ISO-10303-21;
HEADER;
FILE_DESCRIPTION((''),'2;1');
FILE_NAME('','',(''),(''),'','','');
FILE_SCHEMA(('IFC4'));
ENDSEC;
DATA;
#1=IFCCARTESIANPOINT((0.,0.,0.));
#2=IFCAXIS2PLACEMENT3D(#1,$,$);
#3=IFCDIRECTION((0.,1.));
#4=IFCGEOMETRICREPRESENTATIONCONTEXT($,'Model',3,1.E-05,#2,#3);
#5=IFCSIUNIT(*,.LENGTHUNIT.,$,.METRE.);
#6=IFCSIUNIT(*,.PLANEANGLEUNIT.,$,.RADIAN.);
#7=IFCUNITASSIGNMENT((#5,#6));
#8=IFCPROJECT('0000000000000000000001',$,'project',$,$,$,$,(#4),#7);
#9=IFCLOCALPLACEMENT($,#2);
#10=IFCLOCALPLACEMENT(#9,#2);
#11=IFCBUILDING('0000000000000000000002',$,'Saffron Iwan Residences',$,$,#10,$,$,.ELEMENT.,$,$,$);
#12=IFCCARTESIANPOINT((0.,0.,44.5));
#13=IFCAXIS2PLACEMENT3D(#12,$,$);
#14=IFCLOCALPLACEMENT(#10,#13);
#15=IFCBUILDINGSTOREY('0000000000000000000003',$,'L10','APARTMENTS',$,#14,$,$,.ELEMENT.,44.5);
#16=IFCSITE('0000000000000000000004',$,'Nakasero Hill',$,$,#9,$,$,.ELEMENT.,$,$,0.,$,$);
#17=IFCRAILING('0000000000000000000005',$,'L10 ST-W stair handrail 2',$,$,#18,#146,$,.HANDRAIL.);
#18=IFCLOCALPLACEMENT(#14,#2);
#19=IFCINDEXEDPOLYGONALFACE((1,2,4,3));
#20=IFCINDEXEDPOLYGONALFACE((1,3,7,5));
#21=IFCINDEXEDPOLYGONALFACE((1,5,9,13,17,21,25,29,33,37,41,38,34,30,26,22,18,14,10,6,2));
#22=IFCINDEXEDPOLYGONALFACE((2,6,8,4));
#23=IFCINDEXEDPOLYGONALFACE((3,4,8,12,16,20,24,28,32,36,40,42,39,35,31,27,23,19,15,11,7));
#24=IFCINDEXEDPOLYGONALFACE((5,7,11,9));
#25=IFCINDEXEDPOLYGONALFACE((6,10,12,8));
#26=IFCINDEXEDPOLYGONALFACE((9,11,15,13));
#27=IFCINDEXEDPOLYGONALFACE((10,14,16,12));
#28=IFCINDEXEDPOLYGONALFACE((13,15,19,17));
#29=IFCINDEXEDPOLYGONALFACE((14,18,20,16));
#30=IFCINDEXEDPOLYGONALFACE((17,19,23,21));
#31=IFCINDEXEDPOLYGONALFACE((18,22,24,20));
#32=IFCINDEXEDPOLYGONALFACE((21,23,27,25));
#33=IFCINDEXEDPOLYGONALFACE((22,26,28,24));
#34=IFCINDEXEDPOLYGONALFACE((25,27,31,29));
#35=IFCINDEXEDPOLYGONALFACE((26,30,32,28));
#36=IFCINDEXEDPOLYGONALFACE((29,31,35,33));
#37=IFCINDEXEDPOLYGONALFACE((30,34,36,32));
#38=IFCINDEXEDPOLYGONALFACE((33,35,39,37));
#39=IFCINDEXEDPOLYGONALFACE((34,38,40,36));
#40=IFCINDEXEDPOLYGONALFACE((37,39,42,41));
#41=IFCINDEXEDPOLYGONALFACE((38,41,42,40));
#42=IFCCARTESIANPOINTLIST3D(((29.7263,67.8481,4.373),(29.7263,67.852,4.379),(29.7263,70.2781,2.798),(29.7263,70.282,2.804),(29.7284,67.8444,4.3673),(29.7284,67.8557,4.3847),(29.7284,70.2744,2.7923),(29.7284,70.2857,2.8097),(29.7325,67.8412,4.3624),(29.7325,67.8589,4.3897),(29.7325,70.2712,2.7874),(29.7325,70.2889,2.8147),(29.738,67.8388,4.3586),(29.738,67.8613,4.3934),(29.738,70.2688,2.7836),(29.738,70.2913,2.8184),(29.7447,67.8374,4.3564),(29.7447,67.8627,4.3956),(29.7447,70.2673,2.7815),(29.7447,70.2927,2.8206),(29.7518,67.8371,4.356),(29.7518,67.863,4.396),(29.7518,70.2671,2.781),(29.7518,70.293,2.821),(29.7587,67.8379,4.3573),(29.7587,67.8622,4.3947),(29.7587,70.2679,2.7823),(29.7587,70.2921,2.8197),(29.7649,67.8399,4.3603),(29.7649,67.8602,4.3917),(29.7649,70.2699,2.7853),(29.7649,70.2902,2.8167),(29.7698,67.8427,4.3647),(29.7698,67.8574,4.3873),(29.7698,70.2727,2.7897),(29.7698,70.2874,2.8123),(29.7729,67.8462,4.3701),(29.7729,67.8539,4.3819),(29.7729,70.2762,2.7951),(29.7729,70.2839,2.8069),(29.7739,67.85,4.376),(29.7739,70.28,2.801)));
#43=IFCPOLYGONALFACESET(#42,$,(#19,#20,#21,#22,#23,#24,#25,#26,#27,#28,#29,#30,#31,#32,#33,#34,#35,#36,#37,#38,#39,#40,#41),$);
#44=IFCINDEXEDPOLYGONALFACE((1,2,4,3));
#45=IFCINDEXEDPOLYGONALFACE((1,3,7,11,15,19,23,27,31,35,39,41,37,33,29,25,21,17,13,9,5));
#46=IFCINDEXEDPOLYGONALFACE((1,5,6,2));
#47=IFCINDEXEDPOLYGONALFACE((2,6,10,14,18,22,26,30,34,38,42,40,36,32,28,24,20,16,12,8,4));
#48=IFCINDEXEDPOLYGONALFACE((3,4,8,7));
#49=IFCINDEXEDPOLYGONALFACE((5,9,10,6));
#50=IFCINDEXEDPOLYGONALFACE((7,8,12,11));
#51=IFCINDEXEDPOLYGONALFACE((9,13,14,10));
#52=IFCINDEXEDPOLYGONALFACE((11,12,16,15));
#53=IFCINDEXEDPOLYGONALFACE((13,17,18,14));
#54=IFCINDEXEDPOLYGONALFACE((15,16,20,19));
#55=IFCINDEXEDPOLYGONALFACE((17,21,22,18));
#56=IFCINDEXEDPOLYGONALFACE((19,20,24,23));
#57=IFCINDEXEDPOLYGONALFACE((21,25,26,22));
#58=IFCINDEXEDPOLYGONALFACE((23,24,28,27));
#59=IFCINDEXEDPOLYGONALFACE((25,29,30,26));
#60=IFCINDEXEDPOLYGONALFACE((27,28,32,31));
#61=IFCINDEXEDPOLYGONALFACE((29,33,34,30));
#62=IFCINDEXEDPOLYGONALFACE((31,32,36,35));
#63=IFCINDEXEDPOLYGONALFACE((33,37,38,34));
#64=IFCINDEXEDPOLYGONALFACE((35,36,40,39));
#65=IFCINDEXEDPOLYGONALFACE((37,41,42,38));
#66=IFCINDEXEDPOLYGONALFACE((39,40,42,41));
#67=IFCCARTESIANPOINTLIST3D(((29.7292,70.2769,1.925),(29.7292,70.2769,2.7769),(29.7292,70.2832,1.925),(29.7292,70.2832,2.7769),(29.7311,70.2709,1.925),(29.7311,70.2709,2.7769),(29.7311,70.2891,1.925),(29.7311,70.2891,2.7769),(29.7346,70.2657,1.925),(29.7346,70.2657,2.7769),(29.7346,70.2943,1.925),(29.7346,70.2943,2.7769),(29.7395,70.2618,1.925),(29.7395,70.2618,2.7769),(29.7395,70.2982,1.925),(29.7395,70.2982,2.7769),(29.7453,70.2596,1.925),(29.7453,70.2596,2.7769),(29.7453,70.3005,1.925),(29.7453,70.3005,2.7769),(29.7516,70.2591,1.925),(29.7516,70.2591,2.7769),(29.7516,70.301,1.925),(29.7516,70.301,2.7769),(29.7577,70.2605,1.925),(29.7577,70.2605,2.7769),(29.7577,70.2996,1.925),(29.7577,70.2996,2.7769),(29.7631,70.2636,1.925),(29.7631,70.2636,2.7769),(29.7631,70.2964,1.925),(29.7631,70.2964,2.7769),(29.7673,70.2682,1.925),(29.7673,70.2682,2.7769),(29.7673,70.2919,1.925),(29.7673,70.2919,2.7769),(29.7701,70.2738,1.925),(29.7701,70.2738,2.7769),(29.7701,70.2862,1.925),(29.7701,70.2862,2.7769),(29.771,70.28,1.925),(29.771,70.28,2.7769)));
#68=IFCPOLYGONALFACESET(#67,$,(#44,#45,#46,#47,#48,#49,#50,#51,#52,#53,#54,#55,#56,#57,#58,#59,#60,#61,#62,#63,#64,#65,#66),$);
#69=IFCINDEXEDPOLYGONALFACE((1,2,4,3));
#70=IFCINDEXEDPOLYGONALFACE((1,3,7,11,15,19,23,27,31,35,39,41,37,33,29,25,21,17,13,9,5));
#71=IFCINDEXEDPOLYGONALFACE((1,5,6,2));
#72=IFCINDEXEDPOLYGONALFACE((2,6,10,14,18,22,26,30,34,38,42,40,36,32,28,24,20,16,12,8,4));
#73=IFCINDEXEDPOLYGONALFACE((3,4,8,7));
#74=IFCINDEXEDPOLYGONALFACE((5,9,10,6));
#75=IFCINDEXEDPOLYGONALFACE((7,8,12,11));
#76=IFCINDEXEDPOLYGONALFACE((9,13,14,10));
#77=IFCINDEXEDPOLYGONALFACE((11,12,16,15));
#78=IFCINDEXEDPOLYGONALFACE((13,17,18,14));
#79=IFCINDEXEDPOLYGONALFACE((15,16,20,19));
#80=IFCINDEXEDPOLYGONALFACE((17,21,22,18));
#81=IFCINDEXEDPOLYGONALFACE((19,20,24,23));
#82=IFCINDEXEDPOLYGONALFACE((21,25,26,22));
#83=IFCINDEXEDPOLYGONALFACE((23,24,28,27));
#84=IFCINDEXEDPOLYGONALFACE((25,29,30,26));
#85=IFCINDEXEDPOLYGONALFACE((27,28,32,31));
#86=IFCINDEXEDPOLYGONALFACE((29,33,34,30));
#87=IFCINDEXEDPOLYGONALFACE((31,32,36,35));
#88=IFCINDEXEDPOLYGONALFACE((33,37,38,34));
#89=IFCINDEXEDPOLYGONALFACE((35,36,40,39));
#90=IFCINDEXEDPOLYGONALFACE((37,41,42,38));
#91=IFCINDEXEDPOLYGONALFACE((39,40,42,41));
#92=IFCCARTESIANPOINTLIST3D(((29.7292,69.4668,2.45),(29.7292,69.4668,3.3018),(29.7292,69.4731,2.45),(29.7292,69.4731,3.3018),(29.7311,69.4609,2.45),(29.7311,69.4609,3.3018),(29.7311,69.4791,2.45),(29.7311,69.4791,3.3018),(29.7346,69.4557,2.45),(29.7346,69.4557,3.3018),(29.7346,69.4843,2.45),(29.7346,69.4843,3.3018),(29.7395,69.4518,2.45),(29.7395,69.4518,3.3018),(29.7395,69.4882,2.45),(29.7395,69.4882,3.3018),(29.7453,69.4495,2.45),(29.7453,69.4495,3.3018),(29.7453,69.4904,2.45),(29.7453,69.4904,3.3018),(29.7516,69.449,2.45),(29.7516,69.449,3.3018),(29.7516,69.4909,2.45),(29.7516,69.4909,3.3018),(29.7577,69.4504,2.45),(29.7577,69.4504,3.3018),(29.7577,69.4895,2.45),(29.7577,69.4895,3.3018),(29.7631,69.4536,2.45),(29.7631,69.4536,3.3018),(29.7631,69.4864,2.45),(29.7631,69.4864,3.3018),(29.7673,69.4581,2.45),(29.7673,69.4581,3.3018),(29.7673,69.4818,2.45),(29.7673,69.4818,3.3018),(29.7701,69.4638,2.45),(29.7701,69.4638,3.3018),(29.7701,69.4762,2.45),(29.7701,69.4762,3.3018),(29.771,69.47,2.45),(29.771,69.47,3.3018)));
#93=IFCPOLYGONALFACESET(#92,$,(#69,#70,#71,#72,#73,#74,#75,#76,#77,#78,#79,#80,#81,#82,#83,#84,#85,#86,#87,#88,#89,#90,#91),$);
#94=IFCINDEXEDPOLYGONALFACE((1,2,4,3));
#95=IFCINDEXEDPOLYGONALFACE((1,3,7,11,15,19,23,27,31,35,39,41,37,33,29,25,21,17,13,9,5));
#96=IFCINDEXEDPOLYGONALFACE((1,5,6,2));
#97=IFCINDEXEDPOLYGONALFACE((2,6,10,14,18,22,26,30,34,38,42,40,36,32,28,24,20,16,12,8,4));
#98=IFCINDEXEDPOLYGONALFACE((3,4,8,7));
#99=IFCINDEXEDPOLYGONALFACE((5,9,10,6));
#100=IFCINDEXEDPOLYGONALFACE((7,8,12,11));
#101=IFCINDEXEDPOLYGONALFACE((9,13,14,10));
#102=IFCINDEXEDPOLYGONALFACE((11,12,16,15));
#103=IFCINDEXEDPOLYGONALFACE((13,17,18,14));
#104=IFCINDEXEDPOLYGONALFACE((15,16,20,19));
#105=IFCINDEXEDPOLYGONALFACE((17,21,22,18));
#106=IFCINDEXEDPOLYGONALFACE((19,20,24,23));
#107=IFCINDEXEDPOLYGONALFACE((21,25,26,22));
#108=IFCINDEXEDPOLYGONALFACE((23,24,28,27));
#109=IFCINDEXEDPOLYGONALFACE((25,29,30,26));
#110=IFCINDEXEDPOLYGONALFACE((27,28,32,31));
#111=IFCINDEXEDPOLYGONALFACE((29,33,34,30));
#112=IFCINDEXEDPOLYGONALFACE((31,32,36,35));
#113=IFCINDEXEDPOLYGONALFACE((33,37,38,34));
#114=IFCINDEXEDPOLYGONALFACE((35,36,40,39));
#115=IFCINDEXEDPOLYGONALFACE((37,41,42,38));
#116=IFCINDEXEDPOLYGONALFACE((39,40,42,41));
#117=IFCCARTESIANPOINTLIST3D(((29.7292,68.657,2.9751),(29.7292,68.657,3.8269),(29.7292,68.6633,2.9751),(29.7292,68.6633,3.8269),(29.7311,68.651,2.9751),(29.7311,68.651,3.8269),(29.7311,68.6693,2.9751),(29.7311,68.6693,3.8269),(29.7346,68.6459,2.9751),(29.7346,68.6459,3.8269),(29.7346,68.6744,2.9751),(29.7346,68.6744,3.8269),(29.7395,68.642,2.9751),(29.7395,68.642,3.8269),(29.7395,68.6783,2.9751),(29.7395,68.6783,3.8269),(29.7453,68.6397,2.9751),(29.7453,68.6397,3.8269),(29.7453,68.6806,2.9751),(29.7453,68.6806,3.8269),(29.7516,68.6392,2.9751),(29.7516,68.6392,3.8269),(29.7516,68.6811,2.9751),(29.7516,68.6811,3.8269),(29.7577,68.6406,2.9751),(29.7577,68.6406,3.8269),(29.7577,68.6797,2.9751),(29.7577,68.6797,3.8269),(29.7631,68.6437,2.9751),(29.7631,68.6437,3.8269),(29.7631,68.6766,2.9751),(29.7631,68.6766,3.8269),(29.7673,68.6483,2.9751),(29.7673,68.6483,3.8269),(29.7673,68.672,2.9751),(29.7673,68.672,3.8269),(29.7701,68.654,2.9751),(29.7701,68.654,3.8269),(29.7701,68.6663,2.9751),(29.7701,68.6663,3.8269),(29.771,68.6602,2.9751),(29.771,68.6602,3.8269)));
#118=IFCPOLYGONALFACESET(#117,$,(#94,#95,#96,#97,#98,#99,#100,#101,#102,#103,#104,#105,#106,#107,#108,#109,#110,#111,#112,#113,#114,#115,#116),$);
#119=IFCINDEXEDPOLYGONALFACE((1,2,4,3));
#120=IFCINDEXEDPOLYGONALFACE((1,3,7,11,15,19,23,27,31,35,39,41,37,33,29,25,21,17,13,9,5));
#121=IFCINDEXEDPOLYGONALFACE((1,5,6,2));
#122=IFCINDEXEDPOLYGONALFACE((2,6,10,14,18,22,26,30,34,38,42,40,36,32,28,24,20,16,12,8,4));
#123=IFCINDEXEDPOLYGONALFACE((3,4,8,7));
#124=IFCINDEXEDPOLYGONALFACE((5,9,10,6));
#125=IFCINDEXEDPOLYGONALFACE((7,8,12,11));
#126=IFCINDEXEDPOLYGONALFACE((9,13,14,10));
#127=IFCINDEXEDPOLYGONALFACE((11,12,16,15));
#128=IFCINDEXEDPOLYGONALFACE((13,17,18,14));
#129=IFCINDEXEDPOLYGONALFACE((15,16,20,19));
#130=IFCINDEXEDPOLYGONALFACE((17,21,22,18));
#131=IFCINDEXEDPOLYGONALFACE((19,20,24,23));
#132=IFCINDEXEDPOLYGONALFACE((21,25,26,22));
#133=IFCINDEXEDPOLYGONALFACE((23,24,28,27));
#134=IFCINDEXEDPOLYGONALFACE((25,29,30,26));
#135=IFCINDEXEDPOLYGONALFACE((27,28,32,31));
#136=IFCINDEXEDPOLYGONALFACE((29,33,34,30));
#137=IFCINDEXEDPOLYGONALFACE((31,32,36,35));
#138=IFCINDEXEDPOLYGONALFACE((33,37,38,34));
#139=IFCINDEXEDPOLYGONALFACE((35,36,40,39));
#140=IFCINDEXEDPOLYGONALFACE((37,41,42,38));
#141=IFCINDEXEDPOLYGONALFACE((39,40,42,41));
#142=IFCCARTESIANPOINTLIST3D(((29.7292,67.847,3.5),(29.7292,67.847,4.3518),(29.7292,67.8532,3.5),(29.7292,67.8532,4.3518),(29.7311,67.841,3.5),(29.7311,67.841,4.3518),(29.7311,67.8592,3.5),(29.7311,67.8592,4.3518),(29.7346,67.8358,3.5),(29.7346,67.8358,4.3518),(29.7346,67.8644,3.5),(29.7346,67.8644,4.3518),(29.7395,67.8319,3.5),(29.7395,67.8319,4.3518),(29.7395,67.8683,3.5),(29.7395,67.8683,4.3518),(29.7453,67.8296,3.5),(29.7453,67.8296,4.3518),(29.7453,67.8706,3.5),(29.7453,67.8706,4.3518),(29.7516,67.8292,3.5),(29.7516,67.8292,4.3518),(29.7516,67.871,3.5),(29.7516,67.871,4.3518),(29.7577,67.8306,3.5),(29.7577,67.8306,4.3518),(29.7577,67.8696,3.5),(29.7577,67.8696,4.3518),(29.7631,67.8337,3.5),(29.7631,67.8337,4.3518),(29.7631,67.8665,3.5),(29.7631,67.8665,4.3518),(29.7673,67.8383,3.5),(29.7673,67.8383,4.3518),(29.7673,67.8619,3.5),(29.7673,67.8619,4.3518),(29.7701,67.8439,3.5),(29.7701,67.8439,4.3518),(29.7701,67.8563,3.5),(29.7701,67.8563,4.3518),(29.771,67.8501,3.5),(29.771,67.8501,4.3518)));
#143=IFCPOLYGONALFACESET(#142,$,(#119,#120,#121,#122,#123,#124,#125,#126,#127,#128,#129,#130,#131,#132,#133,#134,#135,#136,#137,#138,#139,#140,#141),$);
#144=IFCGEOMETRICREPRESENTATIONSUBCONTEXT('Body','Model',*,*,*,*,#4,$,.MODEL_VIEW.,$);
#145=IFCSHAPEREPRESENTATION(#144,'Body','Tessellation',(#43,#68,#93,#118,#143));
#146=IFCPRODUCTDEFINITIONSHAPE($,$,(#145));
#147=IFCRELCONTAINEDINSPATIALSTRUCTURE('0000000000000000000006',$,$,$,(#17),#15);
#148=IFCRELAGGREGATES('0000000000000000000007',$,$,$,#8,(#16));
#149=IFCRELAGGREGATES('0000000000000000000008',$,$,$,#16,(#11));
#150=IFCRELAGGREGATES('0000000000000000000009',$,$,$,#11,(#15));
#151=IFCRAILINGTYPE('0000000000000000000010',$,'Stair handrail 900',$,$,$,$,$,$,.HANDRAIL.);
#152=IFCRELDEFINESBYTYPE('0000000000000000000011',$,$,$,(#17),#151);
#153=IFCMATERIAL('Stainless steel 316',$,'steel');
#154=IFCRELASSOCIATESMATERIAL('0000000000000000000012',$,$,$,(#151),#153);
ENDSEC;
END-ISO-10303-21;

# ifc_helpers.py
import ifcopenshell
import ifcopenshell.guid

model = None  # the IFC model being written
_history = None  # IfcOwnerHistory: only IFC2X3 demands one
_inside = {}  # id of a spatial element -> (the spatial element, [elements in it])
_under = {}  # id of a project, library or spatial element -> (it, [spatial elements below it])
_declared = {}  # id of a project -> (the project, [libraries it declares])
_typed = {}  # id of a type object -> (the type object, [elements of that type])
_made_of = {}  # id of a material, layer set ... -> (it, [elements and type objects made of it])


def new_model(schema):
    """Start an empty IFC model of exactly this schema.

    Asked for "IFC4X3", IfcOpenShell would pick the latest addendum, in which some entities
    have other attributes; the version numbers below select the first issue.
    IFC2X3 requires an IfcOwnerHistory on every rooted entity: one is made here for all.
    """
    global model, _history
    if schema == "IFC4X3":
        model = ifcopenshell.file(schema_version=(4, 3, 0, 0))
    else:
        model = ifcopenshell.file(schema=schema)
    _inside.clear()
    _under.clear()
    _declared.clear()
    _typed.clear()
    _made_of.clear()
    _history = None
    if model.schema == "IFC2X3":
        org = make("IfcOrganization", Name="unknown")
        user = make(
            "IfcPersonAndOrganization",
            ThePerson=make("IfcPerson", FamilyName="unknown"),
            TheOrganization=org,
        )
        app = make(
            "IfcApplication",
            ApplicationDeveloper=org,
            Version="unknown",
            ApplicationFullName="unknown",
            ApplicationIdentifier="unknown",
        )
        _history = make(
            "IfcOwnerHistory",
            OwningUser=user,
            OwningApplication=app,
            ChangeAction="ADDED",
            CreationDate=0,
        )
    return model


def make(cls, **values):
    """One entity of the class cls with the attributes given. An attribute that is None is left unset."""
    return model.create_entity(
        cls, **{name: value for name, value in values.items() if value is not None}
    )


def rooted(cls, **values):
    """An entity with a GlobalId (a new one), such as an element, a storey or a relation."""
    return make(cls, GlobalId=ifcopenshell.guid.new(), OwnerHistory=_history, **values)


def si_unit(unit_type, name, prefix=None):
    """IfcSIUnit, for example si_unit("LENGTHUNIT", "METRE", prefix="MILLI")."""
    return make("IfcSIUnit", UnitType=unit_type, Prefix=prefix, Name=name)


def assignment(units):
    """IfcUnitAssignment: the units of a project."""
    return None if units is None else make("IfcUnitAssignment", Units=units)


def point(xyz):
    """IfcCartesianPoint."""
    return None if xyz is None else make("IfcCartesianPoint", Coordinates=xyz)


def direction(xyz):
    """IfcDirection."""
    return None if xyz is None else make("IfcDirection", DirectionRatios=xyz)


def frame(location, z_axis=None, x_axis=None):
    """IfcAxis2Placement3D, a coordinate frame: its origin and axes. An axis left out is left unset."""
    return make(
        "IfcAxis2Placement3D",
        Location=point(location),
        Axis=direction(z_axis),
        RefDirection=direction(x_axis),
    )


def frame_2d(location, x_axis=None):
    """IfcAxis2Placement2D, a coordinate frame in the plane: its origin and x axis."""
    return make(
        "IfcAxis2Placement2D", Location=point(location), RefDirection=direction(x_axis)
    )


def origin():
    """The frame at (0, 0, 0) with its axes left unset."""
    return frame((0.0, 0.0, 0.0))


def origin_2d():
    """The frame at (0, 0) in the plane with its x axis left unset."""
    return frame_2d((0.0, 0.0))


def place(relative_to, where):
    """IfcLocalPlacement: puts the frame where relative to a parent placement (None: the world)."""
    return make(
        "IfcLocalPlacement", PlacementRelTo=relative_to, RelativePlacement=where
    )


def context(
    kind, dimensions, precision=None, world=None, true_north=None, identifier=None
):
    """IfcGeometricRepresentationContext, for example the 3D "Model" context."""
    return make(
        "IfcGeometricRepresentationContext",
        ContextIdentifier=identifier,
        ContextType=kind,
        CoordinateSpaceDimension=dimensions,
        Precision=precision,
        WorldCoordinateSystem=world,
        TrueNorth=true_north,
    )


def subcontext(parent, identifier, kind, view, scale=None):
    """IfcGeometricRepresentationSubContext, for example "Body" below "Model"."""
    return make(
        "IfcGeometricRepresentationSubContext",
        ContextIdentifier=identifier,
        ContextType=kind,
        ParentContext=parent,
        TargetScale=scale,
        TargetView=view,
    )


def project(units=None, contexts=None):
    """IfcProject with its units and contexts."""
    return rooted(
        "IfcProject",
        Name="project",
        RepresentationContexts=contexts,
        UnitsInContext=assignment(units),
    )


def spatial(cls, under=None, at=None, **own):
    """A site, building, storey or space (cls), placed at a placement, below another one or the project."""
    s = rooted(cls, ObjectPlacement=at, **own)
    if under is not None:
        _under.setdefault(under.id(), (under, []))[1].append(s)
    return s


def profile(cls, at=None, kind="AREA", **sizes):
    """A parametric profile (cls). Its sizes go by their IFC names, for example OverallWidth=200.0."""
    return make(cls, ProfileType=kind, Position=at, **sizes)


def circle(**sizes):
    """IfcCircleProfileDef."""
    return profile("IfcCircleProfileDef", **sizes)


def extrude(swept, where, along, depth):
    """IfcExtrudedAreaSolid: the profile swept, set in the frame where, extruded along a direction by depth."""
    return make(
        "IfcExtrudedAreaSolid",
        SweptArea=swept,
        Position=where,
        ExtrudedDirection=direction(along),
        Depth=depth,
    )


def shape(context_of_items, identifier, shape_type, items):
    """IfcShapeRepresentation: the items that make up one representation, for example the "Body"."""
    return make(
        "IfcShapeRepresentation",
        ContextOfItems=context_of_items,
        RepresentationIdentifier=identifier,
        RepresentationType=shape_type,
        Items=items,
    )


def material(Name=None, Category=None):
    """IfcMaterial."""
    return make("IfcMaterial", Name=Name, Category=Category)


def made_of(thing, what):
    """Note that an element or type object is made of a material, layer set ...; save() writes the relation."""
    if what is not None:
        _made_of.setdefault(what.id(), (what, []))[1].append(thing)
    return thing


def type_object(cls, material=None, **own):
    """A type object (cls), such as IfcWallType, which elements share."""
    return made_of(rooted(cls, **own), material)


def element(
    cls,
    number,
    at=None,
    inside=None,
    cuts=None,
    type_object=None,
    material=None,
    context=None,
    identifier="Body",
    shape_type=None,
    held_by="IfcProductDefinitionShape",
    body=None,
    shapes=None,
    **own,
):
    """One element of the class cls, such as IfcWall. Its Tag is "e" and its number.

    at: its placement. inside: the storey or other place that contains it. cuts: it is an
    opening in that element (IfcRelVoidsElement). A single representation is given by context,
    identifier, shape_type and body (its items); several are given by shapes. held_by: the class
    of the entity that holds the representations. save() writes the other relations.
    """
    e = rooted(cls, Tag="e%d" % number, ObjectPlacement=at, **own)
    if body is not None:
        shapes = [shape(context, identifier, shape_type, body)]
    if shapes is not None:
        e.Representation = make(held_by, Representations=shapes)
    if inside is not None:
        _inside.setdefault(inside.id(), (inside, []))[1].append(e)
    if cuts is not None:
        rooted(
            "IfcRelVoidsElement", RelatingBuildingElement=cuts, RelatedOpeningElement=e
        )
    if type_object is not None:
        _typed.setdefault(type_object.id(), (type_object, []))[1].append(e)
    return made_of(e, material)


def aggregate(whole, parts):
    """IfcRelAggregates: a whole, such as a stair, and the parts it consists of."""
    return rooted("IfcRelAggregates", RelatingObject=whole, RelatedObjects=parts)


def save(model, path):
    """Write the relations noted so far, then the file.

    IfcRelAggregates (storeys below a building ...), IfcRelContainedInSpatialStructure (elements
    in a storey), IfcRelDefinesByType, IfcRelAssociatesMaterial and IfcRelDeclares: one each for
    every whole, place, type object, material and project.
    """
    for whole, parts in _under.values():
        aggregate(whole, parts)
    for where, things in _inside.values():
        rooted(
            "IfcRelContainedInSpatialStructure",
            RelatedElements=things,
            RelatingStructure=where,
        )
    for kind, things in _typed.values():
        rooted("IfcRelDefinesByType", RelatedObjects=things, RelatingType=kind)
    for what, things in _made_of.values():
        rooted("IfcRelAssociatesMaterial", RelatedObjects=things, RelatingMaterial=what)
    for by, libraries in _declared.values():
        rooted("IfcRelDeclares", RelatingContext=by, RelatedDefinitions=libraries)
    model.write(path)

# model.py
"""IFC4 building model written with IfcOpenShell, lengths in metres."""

from ifc_helpers import new_model, si_unit, direction, frame, origin, origin_2d, place, context, subcontext, project, spatial, circle, extrude, material, type_object, element, save


model = new_model("IFC4")

# Units and contexts
model_context = context("Model", 3, precision=1e-05, world=origin(), true_north=direction((0.0, 1.0)))
body_context = subcontext(model_context, "Body", "Model", "MODEL_VIEW")
ifc_project = project(units=[si_unit("LENGTHUNIT", "METRE"), si_unit("PLANEANGLEUNIT", "RADIAN")], contexts=[model_context])

# Site, building, storey
site_placement = place(None, origin())
site = spatial("IfcSite", under=ifc_project, at=site_placement, Name="Nakasero Hill", CompositionType="ELEMENT", RefElevation=0.0)
building_placement = place(site_placement, origin())
building = spatial("IfcBuilding", under=site, at=building_placement, Name="Saffron Iwan Residences", CompositionType="ELEMENT")
storey_placement = place(building_placement, frame((0.0, 0.0, 44.5)))
storey = spatial("IfcBuildingStorey", under=building, at=storey_placement, Name="L10", Description="APARTMENTS", CompositionType="ELEMENT", Elevation=44.5)

# Railing
ifc_material_1 = material(Name="Stainless steel 316", Category="steel")
railing_type_1 = type_object("IfcRailingType", Name="Stair handrail 900", PredefinedType="HANDRAIL", material=ifc_material_1)
railing_1_placement = place(storey_placement, frame((29.75, 70.28, 1.925)))
element("IfcRailing", 1, at=railing_1_placement, inside=storey, type_object=railing_type_1, Name="L10 ST-W stair handrail 2", PredefinedType="HANDRAIL", context=body_context, shape_type="SweptSolid", body=[
    extrude(circle(Radius=0.0239, at=origin_2d()), frame((0.0, 0.0, 0.876), z_axis=(0.0, -0.839154, 0.543894), x_axis=(1.0, 0.0, 0.0)), (0.0, 0.0, 1.0), 2.8958),
    extrude(circle(Radius=0.021, at=origin_2d()), origin(), (0.0, 0.0, 1.0), 0.8518),
    extrude(circle(Radius=0.021, at=origin_2d()), frame((0.0, -0.8101, 0.5249)), (0.0, 0.0, 1.0), 0.8518),
    extrude(circle(Radius=0.021, at=origin_2d()), frame((0.0, -1.6199, 1.05)), (0.0, 0.0, 1.0), 0.8518),
    extrude(circle(Radius=0.021, at=origin_2d()), frame((0.0, -2.4299, 1.575)), (0.0, 0.0, 1.0), 0.8518),
])

save(model, "model.ifc")
